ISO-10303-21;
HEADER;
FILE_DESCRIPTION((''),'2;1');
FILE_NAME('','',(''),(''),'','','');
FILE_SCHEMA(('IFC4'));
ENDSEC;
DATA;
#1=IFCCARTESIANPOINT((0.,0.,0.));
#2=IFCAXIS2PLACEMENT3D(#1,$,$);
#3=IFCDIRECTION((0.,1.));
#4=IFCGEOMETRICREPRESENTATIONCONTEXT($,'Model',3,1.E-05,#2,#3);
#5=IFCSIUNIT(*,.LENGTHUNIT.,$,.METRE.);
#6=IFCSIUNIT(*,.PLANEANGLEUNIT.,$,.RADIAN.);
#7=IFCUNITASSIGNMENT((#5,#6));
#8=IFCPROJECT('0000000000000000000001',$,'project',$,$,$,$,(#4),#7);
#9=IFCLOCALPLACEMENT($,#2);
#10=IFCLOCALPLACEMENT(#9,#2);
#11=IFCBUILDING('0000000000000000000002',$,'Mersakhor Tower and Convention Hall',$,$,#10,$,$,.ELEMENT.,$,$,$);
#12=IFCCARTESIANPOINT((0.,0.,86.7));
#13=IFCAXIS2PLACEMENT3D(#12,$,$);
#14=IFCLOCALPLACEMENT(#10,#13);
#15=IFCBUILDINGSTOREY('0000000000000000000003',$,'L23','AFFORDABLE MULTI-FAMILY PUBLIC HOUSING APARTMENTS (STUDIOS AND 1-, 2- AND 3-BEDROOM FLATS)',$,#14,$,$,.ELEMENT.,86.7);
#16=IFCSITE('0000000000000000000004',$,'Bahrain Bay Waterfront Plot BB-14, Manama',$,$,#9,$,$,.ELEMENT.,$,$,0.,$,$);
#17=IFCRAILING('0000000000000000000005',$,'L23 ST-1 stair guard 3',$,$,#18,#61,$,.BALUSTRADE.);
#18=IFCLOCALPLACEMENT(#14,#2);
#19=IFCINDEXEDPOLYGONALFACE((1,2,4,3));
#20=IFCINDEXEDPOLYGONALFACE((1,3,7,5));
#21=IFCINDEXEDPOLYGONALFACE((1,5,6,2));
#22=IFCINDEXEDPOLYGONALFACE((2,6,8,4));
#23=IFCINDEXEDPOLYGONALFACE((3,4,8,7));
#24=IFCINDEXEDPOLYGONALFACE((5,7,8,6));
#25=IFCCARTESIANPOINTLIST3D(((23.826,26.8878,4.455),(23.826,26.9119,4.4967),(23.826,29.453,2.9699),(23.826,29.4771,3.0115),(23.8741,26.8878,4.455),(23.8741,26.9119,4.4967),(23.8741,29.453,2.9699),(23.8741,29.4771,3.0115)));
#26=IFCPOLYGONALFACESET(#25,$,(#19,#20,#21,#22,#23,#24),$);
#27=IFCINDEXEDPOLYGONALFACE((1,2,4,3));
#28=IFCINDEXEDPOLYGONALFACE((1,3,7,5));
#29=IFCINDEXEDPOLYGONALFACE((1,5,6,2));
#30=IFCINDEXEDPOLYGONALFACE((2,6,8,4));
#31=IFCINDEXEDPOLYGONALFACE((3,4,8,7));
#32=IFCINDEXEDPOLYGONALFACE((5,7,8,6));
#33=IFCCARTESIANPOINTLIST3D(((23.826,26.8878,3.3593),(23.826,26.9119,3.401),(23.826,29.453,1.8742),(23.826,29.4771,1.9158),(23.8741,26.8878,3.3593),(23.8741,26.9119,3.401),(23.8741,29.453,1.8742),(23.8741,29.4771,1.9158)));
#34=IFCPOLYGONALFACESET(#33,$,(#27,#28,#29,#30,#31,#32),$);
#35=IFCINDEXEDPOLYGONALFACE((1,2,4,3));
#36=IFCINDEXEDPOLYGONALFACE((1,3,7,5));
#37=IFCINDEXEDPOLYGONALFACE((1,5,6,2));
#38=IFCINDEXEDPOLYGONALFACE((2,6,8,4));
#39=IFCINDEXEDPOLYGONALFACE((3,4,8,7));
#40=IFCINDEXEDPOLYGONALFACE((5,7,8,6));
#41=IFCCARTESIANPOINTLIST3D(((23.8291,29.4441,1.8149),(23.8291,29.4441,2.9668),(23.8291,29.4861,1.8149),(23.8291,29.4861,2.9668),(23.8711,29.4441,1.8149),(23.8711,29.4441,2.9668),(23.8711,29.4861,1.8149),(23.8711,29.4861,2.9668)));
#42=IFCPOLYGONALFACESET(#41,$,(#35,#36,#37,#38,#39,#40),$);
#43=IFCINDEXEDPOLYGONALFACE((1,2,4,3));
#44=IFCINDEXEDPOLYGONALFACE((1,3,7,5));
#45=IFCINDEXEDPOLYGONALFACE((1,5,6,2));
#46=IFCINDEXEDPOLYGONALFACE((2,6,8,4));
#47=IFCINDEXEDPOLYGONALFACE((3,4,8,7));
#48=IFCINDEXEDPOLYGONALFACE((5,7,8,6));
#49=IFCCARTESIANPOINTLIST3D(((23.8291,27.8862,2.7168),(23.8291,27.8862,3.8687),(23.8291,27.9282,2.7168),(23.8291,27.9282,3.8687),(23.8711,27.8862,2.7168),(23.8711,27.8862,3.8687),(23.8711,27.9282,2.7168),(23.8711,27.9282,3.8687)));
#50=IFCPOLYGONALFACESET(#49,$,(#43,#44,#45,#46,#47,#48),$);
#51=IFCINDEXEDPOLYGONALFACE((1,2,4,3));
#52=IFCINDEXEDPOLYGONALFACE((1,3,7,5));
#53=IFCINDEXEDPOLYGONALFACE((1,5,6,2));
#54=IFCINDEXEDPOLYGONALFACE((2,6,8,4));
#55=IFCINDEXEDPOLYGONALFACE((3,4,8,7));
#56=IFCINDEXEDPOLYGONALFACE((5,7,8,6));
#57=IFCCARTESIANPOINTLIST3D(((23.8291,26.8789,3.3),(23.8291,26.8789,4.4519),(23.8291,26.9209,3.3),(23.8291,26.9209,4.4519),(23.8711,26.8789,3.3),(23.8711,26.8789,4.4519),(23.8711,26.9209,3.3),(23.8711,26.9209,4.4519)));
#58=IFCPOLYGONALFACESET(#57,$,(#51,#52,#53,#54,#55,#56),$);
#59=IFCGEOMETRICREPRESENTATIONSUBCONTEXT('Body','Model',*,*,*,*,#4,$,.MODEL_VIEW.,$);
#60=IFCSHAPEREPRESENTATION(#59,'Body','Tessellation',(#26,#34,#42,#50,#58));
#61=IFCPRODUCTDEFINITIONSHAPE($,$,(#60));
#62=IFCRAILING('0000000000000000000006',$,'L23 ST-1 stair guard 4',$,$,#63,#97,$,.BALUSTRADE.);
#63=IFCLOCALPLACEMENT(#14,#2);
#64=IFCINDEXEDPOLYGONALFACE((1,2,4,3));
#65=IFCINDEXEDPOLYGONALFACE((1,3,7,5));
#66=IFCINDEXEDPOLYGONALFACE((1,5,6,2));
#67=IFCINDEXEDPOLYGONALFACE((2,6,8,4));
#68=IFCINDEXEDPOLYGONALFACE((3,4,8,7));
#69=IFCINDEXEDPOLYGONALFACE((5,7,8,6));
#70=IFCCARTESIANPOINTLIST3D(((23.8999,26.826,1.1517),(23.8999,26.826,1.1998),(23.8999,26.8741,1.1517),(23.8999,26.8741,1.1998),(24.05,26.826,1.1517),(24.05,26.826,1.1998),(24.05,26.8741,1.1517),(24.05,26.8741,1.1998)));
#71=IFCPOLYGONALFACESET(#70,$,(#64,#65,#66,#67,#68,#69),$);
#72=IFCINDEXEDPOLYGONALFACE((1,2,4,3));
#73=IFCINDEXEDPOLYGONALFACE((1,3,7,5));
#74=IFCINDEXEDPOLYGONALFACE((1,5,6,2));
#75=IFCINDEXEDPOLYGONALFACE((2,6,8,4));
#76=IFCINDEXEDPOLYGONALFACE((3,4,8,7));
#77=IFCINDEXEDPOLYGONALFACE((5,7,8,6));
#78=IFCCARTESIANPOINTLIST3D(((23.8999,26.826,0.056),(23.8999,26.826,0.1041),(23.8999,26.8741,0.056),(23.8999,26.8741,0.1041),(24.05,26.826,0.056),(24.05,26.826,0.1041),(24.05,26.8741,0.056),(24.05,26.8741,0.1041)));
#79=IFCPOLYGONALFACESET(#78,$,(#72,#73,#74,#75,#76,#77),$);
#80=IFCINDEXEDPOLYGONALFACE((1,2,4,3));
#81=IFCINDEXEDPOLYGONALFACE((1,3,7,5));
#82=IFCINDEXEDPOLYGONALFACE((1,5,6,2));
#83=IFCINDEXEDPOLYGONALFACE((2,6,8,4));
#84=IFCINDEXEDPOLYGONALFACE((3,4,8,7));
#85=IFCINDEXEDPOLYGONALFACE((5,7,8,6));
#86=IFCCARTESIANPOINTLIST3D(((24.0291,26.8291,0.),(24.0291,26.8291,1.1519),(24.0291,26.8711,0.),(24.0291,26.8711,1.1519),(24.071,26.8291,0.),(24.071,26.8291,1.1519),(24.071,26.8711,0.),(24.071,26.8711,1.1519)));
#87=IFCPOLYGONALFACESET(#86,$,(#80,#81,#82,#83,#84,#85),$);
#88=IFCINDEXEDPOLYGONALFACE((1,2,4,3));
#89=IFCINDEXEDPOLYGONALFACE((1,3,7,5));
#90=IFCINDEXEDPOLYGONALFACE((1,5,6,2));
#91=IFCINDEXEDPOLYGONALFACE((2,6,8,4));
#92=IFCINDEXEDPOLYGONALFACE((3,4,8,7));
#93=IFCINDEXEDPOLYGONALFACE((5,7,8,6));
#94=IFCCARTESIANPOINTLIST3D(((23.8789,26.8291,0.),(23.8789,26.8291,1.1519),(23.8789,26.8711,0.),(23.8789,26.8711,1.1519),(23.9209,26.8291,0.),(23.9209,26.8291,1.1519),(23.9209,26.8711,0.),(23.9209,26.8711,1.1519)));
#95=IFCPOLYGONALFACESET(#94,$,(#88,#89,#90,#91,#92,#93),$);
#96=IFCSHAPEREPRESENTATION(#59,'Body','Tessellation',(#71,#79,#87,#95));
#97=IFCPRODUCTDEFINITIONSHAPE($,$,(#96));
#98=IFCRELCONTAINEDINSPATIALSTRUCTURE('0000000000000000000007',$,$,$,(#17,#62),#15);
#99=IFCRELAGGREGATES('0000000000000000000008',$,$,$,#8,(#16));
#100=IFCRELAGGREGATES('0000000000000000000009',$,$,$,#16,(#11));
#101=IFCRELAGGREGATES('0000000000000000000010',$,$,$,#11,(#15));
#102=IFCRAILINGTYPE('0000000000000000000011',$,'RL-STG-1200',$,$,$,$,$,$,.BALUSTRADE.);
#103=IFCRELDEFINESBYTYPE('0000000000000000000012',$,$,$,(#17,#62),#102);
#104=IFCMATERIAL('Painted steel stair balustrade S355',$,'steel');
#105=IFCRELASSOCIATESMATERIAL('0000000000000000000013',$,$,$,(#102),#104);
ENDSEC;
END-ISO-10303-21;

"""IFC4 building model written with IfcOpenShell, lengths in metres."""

from ifc_helpers import new_model, si_unit, direction, frame, origin, origin_2d, place, context, subcontext, project, spatial, rectangle, extrude, material, type_object, element, save


model = new_model("IFC4")

# Units and contexts
model_context = context("Model", 3, precision=1e-05, world=origin(), true_north=direction((0.0, 1.0)))
body_context = subcontext(model_context, "Body", "Model", "MODEL_VIEW")
ifc_project = project(units=[si_unit("LENGTHUNIT", "METRE"), si_unit("PLANEANGLEUNIT", "RADIAN")], contexts=[model_context])

# Site, building, storey
site_placement = place(None, origin())
site = spatial("IfcSite", under=ifc_project, at=site_placement, Name="Bahrain Bay Waterfront Plot BB-14, Manama", CompositionType="ELEMENT", RefElevation=0.0)
building_placement = place(site_placement, origin())
building = spatial("IfcBuilding", under=site, at=building_placement, Name="Mersakhor Tower and Convention Hall", CompositionType="ELEMENT")
storey_placement = place(building_placement, frame((0.0, 0.0, 86.7)))
storey = spatial("IfcBuildingStorey", under=building, at=storey_placement, Name="L23", Description="AFFORDABLE MULTI-FAMILY PUBLIC HOUSING APARTMENTS (STUDIOS AND 1-, 2- AND 3-BEDROOM FLATS)", CompositionType="ELEMENT", Elevation=86.7)

# Railings
ifc_material_1 = material(Name="Painted steel stair balustrade S355", Category="steel")
railing_type_1 = type_object("IfcRailingType", Name="RL-STG-1200", PredefinedType="BALUSTRADE", material=ifc_material_1)
railing_1_placement = place(storey_placement, frame((23.8501, 29.4651, 1.8149)))
element("IfcRailing", 1, at=railing_1_placement, inside=storey, type_object=railing_type_1, Name="L23 ST-1 stair guard 3", PredefinedType="BALUSTRADE", context=body_context, shape_type="SweptSolid", body=[
    extrude(rectangle(XDim=0.0481, YDim=0.0481, at=origin_2d()), frame((0.0, 0.0, 1.1758), z_axis=(0.0, -0.865426, 0.501036), x_axis=(1.0, 0.0, 0.0)), (0.0, 0.0, 1.0), 2.9641),
    extrude(rectangle(XDim=0.0481, YDim=0.0481, at=origin_2d()), frame((0.0, 0.0, 0.0801), z_axis=(0.0, -0.865426, 0.501036), x_axis=(1.0, 0.0, 0.0)), (0.0, 0.0, 1.0), 2.9641),
    extrude(rectangle(XDim=0.042, YDim=0.042, at=origin_2d()), origin(), (0.0, 0.0, 1.0), 1.1519),
    extrude(rectangle(XDim=0.042, YDim=0.042, at=origin_2d()), frame((0.0, -1.5579, 0.9019)), (0.0, 0.0, 1.0), 1.1519),
    extrude(rectangle(XDim=0.042, YDim=0.042, at=origin_2d()), frame((0.0, -2.5652, 1.4851)), (0.0, 0.0, 1.0), 1.1519),
])
railing_2_placement = place(storey_placement, frame((24.05, 26.8501, 0.0)))
element("IfcRailing", 2, at=railing_2_placement, inside=storey, type_object=railing_type_1, Name="L23 ST-1 stair guard 4", PredefinedType="BALUSTRADE", context=body_context, shape_type="SweptSolid", body=[
    extrude(rectangle(XDim=0.0481, YDim=0.0481, at=origin_2d()), frame((0.0, 0.0, 1.1758), z_axis=(-1.0, 0.0, 0.0), x_axis=(0.0, -1.0, 0.0)), (0.0, 0.0, 1.0), 0.1501),
    extrude(rectangle(XDim=0.0481, YDim=0.0481, at=origin_2d()), frame((0.0, 0.0, 0.0801), z_axis=(-1.0, 0.0, 0.0), x_axis=(0.0, -1.0, 0.0)), (0.0, 0.0, 1.0), 0.1501),
    extrude(rectangle(XDim=0.042, YDim=0.042, at=origin_2d()), origin(), (0.0, 0.0, 1.0), 1.1519),
    extrude(rectangle(XDim=0.042, YDim=0.042, at=origin_2d()), frame((-0.1501, 0.0, 0.0)), (0.0, 0.0, 1.0), 1.1519),
])

save(model, "model.ifc")
